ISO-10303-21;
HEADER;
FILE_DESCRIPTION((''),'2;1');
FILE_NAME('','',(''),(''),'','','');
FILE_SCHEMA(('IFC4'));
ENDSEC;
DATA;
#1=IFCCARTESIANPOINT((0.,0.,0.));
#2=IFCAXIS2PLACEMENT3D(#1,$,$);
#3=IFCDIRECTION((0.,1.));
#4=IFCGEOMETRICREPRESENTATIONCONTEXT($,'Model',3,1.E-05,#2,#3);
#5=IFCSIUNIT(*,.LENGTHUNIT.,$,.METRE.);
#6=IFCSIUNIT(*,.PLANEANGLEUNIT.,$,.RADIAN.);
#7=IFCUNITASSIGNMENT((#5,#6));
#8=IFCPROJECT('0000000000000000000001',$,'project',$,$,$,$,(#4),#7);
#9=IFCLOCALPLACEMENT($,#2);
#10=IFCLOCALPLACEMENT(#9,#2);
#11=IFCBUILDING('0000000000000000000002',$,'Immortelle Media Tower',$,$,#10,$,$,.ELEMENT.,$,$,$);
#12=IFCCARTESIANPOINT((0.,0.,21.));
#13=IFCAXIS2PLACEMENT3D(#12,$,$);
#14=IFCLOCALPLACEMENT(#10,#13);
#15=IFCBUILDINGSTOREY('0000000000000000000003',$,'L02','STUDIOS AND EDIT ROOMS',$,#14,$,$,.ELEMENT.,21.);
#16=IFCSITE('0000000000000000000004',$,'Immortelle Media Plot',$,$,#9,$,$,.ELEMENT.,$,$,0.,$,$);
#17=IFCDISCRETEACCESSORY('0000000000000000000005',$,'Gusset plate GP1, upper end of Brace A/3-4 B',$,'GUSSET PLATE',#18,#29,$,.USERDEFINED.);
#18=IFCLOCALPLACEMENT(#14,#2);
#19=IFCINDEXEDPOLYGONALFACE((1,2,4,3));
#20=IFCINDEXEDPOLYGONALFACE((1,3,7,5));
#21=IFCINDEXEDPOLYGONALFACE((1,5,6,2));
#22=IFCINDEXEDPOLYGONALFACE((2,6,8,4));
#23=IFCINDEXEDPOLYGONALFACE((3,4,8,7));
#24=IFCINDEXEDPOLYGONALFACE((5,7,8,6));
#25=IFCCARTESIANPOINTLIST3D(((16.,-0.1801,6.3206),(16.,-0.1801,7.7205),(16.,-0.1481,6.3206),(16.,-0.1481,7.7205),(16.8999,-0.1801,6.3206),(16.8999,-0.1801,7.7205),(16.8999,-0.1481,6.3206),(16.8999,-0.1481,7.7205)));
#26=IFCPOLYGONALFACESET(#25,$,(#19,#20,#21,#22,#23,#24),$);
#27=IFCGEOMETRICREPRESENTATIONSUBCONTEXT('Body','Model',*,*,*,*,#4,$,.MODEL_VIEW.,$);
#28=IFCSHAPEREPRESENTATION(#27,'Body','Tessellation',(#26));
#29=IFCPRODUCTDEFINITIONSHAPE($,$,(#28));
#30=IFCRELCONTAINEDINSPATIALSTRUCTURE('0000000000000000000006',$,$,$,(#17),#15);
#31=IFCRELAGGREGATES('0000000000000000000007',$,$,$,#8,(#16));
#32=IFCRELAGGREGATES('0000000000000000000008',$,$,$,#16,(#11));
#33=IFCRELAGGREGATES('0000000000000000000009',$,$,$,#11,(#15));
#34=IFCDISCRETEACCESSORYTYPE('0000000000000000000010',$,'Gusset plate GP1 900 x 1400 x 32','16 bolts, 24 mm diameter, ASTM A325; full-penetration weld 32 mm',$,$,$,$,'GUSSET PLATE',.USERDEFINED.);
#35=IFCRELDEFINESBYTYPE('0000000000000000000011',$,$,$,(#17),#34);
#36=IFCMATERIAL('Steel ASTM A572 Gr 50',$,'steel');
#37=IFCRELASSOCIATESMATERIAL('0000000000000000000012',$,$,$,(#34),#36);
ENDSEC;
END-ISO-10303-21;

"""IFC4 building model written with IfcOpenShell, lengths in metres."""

from ifc_helpers import new_model, si_unit, direction, frame, origin, origin_2d, place, context, subcontext, project, spatial, rectangle, extrude, material, material_profile, profile_set, type_object, element, save


model = new_model("IFC4")

# Units and contexts
model_context = context("Model", 3, precision=1e-05, world=origin(), true_north=direction((0.0, 1.0)))
body_context = subcontext(model_context, "Body", "Model", "MODEL_VIEW")
ifc_project = project(units=[si_unit("LENGTHUNIT", "METRE"), si_unit("PLANEANGLEUNIT", "RADIAN")], contexts=[model_context])

# Site, building, storey
site_placement = place(None, origin())
site = spatial("IfcSite", under=ifc_project, at=site_placement, Name="Immortelle Media Plot", CompositionType="ELEMENT", RefElevation=0.0)
building_placement = place(site_placement, origin())
building = spatial("IfcBuilding", under=site, at=building_placement, Name="Immortelle Media Tower", CompositionType="ELEMENT")
storey_placement = place(building_placement, frame((0.0, 0.0, 21.0)))
storey = spatial("IfcBuildingStorey", under=building, at=storey_placement, Name="L02", Description="STUDIOS AND EDIT ROOMS", CompositionType="ELEMENT", Elevation=21.0)

# Discrete accessory
ifc_material_1 = material(Name="Steel ASTM A572 Gr 50", Category="steel")
ifc_material_profile_1 = material_profile(ifc_material_1, rectangle(XDim=0.032, YDim=1.3999, at=origin_2d()), Name="PL 32 x 1400")
ifc_profile_set_1 = profile_set([ifc_material_profile_1], Name="Steel ASTM A572 Gr 50")
discrete_accessory_type_1 = type_object("IfcDiscreteAccessoryType", Name="Gusset plate GP1 900 x 1400 x 32", Description="16 bolts, 24 mm diameter, ASTM A325; full-penetration weld 32 mm", ElementType="GUSSET PLATE", PredefinedType="USERDEFINED", material=ifc_profile_set_1)
for number, where, z_axis, x_axis, name in (
    (1, (16.0, -0.1641, 7.0205), (1.0, 0.0, 0.0), (0.0, 1.0, 0.0), "Gusset plate GP1, upper end of Brace A/3-4 B"),
):
    element("IfcDiscreteAccessory", number, at=place(storey_placement, frame(where, z_axis=z_axis, x_axis=x_axis)), inside=storey, type_object=discrete_accessory_type_1, Name=name, ObjectType="GUSSET PLATE", PredefinedType="USERDEFINED", context=body_context, shape_type="SweptSolid", body=[
        extrude(rectangle(XDim=0.032, YDim=1.3999, at=origin_2d()), origin(), (0.0, 0.0, 1.0), 0.8999),
    ])

save(model, "model.ifc")
